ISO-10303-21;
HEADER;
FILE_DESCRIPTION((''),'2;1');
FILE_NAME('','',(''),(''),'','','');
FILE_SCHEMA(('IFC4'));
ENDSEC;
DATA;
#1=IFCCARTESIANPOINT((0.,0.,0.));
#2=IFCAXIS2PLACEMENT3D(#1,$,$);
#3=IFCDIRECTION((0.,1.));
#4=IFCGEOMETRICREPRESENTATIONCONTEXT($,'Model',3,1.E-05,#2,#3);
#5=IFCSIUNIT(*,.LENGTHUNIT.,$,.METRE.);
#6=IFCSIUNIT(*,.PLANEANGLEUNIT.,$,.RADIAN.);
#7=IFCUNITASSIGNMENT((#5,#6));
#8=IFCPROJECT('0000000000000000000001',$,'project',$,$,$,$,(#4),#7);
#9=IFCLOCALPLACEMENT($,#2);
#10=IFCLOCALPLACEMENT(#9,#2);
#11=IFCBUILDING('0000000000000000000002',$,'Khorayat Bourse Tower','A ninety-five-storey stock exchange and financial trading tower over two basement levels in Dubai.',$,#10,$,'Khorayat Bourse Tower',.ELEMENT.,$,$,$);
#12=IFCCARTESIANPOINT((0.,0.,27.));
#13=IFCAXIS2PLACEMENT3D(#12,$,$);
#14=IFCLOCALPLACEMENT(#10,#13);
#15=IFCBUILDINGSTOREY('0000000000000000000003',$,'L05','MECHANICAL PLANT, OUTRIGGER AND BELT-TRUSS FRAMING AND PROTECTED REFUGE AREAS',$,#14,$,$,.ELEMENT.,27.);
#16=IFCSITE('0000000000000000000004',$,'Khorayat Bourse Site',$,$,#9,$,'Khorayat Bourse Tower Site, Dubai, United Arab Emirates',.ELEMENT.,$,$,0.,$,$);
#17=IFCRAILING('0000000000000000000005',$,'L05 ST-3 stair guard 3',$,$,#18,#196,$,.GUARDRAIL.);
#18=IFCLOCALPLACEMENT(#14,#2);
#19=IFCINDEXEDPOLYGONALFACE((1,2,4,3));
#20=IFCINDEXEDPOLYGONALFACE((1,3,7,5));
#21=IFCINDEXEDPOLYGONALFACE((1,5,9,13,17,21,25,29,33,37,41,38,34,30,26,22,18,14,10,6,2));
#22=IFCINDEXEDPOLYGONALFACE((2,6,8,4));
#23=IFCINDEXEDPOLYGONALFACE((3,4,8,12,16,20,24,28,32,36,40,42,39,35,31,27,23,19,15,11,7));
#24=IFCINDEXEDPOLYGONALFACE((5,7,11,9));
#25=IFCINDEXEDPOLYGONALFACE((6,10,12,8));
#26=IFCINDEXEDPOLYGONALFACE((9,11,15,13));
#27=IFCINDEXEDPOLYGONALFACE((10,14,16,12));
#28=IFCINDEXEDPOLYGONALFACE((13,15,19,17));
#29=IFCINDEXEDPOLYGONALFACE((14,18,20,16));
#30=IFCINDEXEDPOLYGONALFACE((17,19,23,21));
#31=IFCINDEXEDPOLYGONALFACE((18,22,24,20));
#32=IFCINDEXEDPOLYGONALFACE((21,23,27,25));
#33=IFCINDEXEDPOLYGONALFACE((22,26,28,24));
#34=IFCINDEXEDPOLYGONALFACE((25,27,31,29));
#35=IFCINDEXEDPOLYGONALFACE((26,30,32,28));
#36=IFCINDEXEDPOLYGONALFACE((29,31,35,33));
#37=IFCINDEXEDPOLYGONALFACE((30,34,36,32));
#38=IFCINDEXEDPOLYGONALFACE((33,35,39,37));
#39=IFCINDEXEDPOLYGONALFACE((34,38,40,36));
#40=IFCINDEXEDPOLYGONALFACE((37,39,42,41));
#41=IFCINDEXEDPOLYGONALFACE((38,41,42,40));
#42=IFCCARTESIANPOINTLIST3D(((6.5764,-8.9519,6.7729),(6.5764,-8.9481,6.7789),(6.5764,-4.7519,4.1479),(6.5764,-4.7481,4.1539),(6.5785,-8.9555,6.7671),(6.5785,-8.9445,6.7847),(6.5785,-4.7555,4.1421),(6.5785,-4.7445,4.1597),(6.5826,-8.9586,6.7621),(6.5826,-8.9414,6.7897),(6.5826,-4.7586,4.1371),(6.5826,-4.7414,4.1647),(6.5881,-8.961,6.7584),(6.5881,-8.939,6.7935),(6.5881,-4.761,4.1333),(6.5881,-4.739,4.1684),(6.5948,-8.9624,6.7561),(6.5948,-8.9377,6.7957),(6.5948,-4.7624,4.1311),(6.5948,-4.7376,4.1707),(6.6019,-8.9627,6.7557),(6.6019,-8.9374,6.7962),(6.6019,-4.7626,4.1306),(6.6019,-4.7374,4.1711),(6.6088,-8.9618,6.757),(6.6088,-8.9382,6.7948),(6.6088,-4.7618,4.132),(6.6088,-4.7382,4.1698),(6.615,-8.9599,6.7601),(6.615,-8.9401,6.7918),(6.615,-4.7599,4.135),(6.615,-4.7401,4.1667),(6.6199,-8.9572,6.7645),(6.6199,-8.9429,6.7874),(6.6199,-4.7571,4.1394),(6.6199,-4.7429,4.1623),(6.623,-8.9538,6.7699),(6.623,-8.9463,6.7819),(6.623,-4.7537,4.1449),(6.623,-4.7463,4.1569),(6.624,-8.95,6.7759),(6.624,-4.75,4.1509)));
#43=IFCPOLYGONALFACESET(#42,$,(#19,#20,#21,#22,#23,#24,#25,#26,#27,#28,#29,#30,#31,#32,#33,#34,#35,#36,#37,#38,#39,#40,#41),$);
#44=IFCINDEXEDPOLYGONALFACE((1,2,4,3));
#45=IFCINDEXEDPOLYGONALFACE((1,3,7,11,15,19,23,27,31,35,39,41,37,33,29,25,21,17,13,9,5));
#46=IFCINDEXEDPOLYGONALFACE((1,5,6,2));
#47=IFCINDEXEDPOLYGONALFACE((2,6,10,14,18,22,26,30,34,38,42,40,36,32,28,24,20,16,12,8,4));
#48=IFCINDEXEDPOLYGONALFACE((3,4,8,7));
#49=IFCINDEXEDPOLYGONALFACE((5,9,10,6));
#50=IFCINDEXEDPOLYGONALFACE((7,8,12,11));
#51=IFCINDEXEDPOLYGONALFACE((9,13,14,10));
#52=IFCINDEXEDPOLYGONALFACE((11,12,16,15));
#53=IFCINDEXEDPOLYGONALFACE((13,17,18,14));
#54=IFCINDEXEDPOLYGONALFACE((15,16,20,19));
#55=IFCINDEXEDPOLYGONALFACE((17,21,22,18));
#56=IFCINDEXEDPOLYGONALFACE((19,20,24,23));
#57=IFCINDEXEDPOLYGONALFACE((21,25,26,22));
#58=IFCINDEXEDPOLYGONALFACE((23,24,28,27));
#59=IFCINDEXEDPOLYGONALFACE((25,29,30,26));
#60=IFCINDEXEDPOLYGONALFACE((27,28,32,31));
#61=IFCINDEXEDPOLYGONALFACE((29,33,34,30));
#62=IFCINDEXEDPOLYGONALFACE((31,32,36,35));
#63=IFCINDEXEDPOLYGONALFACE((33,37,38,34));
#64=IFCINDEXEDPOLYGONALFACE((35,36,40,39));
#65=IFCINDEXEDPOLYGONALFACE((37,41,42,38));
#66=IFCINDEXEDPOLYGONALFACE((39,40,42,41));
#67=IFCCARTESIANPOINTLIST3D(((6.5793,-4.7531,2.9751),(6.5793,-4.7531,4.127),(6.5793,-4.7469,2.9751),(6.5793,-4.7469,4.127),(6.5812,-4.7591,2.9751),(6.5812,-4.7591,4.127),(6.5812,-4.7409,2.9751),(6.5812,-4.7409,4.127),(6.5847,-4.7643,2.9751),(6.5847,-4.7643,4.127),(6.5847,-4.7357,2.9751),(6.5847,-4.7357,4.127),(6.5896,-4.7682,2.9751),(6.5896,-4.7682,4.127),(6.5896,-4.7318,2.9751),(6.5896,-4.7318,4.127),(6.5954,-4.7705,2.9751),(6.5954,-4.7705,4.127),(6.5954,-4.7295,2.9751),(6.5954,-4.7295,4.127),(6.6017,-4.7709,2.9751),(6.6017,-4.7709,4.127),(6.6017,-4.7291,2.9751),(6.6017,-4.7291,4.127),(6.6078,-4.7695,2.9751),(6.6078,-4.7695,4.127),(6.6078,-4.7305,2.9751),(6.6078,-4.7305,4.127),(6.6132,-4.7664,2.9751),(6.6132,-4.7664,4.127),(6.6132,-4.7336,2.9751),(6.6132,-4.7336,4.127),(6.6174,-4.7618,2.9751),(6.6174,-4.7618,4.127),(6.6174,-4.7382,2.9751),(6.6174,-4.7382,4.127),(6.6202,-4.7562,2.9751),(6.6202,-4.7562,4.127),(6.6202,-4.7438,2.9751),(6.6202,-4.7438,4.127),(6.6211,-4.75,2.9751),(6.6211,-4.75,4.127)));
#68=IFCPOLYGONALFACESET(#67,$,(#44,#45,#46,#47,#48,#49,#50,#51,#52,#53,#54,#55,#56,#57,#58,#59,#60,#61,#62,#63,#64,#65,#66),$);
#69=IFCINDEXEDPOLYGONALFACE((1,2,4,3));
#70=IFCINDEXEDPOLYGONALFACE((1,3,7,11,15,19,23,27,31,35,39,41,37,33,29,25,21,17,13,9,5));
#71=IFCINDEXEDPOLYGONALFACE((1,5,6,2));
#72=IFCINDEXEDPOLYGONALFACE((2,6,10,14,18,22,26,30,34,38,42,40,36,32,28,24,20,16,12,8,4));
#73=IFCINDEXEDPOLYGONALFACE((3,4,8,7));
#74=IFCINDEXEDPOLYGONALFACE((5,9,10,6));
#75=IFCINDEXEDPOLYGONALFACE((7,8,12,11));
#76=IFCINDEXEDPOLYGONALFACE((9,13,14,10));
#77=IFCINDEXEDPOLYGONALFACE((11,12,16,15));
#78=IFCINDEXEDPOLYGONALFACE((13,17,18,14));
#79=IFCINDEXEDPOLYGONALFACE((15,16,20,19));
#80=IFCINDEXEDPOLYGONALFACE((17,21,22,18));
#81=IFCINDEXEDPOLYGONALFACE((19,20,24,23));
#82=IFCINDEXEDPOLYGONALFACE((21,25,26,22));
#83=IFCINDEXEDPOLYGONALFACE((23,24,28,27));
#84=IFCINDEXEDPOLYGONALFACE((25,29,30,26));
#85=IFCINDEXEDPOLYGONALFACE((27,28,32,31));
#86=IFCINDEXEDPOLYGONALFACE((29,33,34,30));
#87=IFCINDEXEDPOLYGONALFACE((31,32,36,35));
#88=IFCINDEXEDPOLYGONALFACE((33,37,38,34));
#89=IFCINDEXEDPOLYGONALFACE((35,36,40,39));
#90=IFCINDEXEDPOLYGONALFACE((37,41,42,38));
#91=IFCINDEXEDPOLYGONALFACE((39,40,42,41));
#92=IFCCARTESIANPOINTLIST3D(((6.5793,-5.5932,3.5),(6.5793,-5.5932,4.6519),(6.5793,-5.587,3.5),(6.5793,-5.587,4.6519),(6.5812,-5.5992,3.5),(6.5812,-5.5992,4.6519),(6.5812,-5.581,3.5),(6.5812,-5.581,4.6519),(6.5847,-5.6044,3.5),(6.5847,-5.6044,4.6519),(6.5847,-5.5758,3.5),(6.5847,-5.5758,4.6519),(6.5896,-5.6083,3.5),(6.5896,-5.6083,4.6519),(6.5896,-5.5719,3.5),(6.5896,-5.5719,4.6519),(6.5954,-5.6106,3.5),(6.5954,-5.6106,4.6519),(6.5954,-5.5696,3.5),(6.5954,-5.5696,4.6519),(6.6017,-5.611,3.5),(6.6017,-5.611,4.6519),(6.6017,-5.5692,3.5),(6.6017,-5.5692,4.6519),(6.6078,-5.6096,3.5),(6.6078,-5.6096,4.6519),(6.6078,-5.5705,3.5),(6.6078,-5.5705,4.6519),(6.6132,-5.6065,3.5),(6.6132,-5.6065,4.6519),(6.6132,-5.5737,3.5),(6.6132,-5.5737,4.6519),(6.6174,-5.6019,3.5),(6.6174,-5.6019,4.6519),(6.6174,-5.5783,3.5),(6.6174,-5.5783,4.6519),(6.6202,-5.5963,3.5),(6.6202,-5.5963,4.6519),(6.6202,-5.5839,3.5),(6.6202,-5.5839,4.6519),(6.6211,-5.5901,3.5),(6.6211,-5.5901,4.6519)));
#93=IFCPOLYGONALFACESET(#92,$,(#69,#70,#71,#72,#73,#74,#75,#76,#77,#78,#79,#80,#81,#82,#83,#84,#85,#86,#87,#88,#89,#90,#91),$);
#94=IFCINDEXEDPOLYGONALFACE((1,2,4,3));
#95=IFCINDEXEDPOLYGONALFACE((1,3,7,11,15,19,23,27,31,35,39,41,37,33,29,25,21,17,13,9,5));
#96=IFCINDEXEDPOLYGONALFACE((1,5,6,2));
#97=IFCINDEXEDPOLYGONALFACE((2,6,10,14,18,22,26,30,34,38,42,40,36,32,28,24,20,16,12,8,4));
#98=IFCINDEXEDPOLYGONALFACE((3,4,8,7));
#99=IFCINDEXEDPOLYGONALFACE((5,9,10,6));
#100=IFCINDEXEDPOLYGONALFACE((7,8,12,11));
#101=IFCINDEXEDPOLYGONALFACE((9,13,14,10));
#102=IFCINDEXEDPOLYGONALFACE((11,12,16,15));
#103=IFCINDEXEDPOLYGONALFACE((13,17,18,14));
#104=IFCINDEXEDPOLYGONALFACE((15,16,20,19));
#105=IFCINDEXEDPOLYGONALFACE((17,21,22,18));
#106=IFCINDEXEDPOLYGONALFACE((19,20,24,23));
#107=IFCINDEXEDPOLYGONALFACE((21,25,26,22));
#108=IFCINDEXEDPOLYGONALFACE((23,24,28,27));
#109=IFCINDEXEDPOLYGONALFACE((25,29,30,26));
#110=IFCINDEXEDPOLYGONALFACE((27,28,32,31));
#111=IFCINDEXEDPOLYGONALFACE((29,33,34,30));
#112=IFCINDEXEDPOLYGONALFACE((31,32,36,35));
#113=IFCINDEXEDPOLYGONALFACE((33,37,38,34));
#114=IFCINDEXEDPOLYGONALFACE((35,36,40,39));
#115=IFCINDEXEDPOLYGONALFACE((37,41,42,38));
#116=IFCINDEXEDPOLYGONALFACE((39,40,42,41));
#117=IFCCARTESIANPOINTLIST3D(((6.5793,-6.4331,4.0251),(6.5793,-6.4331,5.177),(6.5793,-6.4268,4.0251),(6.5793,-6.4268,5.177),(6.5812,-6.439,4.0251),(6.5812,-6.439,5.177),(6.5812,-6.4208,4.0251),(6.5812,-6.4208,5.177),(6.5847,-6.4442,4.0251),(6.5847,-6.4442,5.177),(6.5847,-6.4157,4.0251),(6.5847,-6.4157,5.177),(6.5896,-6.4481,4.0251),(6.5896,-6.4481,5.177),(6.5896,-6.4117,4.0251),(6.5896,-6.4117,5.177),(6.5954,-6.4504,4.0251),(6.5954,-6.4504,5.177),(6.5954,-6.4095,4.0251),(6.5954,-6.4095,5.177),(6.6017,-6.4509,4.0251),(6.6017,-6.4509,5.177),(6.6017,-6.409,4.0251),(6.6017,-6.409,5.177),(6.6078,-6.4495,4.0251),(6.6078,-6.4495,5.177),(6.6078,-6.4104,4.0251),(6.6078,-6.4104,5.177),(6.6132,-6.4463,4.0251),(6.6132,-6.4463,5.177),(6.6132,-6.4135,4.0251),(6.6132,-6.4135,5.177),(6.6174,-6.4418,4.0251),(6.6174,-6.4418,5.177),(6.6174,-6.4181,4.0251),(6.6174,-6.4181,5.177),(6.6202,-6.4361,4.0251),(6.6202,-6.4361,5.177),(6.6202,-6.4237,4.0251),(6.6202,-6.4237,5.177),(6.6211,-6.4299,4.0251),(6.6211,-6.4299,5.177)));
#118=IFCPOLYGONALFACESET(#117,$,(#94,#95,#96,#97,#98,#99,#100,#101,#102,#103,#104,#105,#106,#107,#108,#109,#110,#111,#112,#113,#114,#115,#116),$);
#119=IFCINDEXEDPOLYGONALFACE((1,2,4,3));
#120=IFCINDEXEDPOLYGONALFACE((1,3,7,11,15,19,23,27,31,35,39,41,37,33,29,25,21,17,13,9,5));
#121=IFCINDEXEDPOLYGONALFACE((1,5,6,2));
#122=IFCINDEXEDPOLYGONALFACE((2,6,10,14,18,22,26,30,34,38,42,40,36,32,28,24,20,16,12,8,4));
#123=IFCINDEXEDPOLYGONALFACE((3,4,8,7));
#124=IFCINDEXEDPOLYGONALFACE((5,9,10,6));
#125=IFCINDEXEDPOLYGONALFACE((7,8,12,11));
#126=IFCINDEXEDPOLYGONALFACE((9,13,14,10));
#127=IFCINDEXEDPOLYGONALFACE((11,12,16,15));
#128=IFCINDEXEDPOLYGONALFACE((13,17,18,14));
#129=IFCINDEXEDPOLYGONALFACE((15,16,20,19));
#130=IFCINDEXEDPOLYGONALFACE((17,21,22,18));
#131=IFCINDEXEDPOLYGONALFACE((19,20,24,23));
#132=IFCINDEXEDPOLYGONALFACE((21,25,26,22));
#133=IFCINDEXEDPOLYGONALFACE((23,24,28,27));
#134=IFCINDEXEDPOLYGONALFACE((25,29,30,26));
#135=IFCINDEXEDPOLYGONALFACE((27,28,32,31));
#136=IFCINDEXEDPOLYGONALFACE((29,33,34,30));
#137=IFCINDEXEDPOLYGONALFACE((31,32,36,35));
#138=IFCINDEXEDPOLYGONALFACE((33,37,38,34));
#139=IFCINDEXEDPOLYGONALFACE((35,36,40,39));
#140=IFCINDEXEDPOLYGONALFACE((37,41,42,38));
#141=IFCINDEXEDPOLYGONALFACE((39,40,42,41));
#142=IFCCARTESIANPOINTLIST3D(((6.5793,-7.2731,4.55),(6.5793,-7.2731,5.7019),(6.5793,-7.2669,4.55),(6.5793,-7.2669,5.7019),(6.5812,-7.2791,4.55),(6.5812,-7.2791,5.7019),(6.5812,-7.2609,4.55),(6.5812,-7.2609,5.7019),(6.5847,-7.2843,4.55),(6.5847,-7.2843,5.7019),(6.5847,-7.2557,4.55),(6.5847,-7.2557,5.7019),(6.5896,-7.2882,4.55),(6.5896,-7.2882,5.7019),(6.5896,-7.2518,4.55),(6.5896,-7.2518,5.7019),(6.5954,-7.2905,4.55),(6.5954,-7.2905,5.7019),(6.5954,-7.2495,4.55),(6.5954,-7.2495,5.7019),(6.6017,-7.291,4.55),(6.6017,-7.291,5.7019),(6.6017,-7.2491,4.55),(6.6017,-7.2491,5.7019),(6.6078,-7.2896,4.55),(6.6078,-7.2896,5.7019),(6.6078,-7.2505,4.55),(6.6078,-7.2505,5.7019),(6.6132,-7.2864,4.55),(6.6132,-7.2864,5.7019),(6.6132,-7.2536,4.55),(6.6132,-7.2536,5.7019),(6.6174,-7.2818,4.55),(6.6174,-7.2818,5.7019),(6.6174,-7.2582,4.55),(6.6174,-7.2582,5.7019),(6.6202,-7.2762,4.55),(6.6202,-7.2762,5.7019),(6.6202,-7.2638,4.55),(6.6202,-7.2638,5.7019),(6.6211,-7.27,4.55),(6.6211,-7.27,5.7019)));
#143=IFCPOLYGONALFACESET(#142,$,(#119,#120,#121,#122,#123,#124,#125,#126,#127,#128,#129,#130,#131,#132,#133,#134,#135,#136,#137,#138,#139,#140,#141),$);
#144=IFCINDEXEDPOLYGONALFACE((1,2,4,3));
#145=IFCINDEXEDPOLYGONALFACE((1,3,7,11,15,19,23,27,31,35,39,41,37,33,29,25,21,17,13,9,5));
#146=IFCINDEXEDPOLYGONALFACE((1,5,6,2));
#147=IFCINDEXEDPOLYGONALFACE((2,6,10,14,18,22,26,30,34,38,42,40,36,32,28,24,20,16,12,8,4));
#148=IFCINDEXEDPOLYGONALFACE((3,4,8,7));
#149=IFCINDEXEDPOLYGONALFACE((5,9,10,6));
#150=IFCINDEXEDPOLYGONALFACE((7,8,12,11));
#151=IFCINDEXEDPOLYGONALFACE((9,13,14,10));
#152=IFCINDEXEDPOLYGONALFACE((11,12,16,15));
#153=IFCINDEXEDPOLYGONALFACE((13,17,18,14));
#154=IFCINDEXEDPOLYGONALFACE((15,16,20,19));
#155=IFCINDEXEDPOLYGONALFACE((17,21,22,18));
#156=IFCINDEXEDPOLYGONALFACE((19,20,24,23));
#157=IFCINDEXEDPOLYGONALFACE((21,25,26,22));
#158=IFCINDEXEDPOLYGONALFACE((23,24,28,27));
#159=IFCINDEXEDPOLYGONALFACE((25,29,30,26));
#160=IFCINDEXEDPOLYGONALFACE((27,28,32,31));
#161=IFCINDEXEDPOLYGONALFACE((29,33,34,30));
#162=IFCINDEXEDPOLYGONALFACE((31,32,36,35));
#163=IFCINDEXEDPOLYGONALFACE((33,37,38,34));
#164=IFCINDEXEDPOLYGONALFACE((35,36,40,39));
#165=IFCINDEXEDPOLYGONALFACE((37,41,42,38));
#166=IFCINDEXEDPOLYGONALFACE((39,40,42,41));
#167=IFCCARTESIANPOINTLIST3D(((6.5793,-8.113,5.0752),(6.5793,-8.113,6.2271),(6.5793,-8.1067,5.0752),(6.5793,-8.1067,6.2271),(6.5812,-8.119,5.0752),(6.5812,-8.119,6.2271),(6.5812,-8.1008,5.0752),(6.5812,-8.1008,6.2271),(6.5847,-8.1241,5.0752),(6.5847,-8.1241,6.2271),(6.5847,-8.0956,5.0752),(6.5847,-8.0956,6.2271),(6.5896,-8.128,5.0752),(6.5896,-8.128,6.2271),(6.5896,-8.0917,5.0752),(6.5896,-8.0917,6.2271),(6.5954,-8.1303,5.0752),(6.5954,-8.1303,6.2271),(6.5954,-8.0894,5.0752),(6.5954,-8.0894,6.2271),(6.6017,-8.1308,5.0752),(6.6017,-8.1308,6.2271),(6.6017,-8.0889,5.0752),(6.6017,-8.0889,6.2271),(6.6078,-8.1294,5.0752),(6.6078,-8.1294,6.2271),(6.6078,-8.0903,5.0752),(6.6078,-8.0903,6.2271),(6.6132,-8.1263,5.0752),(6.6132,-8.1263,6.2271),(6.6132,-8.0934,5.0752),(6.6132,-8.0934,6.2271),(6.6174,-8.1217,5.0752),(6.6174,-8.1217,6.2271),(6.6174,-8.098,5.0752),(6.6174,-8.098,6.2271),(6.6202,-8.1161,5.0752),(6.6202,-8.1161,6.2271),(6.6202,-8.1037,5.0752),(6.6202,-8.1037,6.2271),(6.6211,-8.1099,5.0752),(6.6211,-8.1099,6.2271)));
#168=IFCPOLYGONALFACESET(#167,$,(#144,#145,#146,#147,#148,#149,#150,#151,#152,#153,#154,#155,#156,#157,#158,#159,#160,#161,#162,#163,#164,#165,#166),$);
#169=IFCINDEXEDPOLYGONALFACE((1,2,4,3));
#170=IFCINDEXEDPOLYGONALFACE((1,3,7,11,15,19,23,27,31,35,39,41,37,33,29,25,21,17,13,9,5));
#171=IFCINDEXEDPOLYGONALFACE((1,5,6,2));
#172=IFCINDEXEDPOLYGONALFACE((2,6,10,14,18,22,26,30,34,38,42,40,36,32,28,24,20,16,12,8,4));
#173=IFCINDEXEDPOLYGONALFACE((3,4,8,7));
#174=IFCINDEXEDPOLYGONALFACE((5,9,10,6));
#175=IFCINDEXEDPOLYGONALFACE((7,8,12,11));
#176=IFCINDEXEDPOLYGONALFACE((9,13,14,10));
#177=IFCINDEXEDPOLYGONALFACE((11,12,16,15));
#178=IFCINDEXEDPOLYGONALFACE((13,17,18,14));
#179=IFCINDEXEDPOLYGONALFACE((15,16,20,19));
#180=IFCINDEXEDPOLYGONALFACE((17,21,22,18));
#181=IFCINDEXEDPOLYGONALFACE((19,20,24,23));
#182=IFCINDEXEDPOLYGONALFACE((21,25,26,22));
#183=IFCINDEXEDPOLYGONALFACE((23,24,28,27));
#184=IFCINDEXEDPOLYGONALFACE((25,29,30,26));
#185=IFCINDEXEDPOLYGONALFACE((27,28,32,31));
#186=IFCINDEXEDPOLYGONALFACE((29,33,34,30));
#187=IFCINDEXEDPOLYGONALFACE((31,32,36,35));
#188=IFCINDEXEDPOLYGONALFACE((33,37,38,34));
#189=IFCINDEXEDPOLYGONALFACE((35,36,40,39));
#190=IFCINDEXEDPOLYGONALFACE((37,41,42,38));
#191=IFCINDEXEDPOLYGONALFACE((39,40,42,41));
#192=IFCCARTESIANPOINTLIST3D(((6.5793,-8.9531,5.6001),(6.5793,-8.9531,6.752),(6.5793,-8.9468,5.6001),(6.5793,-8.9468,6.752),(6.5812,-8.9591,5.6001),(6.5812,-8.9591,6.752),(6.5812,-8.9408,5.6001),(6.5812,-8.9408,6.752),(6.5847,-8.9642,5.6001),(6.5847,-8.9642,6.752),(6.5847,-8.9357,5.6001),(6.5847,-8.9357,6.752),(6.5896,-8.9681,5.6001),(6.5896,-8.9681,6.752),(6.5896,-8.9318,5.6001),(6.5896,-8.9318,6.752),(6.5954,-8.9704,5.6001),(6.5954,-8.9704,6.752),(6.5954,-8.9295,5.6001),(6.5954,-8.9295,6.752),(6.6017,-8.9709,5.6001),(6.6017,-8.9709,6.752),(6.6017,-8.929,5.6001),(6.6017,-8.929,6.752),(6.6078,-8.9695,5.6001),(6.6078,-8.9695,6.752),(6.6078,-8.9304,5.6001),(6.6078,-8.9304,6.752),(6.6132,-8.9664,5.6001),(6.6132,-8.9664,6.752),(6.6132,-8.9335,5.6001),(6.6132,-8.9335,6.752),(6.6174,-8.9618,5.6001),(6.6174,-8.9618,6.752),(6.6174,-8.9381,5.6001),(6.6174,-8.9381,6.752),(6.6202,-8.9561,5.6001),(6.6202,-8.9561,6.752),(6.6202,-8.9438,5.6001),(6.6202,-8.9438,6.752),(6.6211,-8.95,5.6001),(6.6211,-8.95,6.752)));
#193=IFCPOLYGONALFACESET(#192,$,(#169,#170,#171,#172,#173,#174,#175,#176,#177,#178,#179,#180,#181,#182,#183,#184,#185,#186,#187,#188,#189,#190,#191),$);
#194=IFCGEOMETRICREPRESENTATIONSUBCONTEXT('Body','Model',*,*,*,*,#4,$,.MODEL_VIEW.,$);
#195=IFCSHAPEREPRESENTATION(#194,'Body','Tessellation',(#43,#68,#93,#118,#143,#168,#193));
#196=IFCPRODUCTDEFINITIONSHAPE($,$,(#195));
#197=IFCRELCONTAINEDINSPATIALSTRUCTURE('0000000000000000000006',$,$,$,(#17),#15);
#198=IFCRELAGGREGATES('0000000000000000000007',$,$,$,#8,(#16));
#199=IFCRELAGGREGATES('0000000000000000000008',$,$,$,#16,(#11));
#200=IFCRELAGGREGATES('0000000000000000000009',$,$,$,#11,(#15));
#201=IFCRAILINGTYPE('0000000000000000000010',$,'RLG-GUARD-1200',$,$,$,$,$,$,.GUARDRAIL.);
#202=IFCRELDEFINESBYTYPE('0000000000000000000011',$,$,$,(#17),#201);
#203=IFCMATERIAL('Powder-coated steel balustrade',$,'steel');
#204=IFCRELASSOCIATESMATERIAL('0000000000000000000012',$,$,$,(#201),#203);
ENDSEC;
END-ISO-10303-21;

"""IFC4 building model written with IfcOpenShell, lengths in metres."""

from ifc_helpers import new_model, si_unit, direction, frame, origin, origin_2d, place, context, subcontext, project, spatial, circle, extrude, source, transform, mapped, material, type_object, element, save


model = new_model("IFC4")

# Units and contexts
model_context = context("Model", 3, precision=1e-05, world=origin(), true_north=direction((0.0, 1.0)))
body_context = subcontext(model_context, "Body", "Model", "MODEL_VIEW")
ifc_project = project(units=[si_unit("LENGTHUNIT", "METRE"), si_unit("PLANEANGLEUNIT", "RADIAN")], contexts=[model_context])

# Site, building, storey
site_placement = place(None, origin())
site = spatial("IfcSite", under=ifc_project, at=site_placement, Name="Khorayat Bourse Site", LongName="Khorayat Bourse Tower Site, Dubai, United Arab Emirates", CompositionType="ELEMENT", RefElevation=0.0)
building_placement = place(site_placement, origin())
building = spatial("IfcBuilding", under=site, at=building_placement, Name="Khorayat Bourse Tower", Description="A ninety-five-storey stock exchange and financial trading tower over two basement levels in Dubai.", LongName="Khorayat Bourse Tower", CompositionType="ELEMENT")
storey_placement = place(building_placement, frame((0.0, 0.0, 27.0)))
storey = spatial("IfcBuildingStorey", under=building, at=storey_placement, Name="L05", Description="MECHANICAL PLANT, OUTRIGGER AND BELT-TRUSS FRAMING AND PROTECTED REFUGE AREAS", CompositionType="ELEMENT", Elevation=27.0)

# Railing
ifc_material_1 = material(Name="Powder-coated steel balustrade", Category="steel")
railing_type_1 = type_object("IfcRailingType", Name="RLG-GUARD-1200", PredefinedType="GUARDRAIL", material=ifc_material_1)
shared_shape_1 = source(origin(), body_context, "Body", "SweptSolid", [
    extrude(circle(Radius=0.0239, at=origin_2d()), frame((0.0, 0.0, 1.1758), z_axis=(0.0, -0.847996, 0.530003), x_axis=(1.0, 0.0, 0.0)), (0.0, 0.0, 1.0), 4.9529),
    extrude(circle(Radius=0.021, at=origin_2d()), origin(), (0.0, 0.0, 1.0), 1.1519),
    extrude(circle(Radius=0.021, at=origin_2d()), frame((0.0, -0.8401, 0.5249)), (0.0, 0.0, 1.0), 1.1519),
    extrude(circle(Radius=0.021, at=origin_2d()), frame((0.0, -1.6799, 1.05)), (0.0, 0.0, 1.0), 1.1519),
    extrude(circle(Radius=0.021, at=origin_2d()), frame((0.0, -2.52, 1.575)), (0.0, 0.0, 1.0), 1.1519),
    extrude(circle(Radius=0.021, at=origin_2d()), frame((0.0, -3.3599, 2.1001)), (0.0, 0.0, 1.0), 1.1519),
    extrude(circle(Radius=0.021, at=origin_2d()), frame((0.0, -4.2, 2.625)), (0.0, 0.0, 1.0), 1.1519),
])
railing_1_placement = place(storey_placement, frame((6.6001, -4.75, 2.9751)))
element("IfcRailing", 1, at=railing_1_placement, inside=storey, type_object=railing_type_1, Name="L05 ST-3 stair guard 3", PredefinedType="GUARDRAIL", context=body_context, shape_type="MappedRepresentation", body=[
    mapped(shared_shape_1, transform((0.0, 0.0, 0.0), scale=1.0)),
])

save(model, "model.ifc")
